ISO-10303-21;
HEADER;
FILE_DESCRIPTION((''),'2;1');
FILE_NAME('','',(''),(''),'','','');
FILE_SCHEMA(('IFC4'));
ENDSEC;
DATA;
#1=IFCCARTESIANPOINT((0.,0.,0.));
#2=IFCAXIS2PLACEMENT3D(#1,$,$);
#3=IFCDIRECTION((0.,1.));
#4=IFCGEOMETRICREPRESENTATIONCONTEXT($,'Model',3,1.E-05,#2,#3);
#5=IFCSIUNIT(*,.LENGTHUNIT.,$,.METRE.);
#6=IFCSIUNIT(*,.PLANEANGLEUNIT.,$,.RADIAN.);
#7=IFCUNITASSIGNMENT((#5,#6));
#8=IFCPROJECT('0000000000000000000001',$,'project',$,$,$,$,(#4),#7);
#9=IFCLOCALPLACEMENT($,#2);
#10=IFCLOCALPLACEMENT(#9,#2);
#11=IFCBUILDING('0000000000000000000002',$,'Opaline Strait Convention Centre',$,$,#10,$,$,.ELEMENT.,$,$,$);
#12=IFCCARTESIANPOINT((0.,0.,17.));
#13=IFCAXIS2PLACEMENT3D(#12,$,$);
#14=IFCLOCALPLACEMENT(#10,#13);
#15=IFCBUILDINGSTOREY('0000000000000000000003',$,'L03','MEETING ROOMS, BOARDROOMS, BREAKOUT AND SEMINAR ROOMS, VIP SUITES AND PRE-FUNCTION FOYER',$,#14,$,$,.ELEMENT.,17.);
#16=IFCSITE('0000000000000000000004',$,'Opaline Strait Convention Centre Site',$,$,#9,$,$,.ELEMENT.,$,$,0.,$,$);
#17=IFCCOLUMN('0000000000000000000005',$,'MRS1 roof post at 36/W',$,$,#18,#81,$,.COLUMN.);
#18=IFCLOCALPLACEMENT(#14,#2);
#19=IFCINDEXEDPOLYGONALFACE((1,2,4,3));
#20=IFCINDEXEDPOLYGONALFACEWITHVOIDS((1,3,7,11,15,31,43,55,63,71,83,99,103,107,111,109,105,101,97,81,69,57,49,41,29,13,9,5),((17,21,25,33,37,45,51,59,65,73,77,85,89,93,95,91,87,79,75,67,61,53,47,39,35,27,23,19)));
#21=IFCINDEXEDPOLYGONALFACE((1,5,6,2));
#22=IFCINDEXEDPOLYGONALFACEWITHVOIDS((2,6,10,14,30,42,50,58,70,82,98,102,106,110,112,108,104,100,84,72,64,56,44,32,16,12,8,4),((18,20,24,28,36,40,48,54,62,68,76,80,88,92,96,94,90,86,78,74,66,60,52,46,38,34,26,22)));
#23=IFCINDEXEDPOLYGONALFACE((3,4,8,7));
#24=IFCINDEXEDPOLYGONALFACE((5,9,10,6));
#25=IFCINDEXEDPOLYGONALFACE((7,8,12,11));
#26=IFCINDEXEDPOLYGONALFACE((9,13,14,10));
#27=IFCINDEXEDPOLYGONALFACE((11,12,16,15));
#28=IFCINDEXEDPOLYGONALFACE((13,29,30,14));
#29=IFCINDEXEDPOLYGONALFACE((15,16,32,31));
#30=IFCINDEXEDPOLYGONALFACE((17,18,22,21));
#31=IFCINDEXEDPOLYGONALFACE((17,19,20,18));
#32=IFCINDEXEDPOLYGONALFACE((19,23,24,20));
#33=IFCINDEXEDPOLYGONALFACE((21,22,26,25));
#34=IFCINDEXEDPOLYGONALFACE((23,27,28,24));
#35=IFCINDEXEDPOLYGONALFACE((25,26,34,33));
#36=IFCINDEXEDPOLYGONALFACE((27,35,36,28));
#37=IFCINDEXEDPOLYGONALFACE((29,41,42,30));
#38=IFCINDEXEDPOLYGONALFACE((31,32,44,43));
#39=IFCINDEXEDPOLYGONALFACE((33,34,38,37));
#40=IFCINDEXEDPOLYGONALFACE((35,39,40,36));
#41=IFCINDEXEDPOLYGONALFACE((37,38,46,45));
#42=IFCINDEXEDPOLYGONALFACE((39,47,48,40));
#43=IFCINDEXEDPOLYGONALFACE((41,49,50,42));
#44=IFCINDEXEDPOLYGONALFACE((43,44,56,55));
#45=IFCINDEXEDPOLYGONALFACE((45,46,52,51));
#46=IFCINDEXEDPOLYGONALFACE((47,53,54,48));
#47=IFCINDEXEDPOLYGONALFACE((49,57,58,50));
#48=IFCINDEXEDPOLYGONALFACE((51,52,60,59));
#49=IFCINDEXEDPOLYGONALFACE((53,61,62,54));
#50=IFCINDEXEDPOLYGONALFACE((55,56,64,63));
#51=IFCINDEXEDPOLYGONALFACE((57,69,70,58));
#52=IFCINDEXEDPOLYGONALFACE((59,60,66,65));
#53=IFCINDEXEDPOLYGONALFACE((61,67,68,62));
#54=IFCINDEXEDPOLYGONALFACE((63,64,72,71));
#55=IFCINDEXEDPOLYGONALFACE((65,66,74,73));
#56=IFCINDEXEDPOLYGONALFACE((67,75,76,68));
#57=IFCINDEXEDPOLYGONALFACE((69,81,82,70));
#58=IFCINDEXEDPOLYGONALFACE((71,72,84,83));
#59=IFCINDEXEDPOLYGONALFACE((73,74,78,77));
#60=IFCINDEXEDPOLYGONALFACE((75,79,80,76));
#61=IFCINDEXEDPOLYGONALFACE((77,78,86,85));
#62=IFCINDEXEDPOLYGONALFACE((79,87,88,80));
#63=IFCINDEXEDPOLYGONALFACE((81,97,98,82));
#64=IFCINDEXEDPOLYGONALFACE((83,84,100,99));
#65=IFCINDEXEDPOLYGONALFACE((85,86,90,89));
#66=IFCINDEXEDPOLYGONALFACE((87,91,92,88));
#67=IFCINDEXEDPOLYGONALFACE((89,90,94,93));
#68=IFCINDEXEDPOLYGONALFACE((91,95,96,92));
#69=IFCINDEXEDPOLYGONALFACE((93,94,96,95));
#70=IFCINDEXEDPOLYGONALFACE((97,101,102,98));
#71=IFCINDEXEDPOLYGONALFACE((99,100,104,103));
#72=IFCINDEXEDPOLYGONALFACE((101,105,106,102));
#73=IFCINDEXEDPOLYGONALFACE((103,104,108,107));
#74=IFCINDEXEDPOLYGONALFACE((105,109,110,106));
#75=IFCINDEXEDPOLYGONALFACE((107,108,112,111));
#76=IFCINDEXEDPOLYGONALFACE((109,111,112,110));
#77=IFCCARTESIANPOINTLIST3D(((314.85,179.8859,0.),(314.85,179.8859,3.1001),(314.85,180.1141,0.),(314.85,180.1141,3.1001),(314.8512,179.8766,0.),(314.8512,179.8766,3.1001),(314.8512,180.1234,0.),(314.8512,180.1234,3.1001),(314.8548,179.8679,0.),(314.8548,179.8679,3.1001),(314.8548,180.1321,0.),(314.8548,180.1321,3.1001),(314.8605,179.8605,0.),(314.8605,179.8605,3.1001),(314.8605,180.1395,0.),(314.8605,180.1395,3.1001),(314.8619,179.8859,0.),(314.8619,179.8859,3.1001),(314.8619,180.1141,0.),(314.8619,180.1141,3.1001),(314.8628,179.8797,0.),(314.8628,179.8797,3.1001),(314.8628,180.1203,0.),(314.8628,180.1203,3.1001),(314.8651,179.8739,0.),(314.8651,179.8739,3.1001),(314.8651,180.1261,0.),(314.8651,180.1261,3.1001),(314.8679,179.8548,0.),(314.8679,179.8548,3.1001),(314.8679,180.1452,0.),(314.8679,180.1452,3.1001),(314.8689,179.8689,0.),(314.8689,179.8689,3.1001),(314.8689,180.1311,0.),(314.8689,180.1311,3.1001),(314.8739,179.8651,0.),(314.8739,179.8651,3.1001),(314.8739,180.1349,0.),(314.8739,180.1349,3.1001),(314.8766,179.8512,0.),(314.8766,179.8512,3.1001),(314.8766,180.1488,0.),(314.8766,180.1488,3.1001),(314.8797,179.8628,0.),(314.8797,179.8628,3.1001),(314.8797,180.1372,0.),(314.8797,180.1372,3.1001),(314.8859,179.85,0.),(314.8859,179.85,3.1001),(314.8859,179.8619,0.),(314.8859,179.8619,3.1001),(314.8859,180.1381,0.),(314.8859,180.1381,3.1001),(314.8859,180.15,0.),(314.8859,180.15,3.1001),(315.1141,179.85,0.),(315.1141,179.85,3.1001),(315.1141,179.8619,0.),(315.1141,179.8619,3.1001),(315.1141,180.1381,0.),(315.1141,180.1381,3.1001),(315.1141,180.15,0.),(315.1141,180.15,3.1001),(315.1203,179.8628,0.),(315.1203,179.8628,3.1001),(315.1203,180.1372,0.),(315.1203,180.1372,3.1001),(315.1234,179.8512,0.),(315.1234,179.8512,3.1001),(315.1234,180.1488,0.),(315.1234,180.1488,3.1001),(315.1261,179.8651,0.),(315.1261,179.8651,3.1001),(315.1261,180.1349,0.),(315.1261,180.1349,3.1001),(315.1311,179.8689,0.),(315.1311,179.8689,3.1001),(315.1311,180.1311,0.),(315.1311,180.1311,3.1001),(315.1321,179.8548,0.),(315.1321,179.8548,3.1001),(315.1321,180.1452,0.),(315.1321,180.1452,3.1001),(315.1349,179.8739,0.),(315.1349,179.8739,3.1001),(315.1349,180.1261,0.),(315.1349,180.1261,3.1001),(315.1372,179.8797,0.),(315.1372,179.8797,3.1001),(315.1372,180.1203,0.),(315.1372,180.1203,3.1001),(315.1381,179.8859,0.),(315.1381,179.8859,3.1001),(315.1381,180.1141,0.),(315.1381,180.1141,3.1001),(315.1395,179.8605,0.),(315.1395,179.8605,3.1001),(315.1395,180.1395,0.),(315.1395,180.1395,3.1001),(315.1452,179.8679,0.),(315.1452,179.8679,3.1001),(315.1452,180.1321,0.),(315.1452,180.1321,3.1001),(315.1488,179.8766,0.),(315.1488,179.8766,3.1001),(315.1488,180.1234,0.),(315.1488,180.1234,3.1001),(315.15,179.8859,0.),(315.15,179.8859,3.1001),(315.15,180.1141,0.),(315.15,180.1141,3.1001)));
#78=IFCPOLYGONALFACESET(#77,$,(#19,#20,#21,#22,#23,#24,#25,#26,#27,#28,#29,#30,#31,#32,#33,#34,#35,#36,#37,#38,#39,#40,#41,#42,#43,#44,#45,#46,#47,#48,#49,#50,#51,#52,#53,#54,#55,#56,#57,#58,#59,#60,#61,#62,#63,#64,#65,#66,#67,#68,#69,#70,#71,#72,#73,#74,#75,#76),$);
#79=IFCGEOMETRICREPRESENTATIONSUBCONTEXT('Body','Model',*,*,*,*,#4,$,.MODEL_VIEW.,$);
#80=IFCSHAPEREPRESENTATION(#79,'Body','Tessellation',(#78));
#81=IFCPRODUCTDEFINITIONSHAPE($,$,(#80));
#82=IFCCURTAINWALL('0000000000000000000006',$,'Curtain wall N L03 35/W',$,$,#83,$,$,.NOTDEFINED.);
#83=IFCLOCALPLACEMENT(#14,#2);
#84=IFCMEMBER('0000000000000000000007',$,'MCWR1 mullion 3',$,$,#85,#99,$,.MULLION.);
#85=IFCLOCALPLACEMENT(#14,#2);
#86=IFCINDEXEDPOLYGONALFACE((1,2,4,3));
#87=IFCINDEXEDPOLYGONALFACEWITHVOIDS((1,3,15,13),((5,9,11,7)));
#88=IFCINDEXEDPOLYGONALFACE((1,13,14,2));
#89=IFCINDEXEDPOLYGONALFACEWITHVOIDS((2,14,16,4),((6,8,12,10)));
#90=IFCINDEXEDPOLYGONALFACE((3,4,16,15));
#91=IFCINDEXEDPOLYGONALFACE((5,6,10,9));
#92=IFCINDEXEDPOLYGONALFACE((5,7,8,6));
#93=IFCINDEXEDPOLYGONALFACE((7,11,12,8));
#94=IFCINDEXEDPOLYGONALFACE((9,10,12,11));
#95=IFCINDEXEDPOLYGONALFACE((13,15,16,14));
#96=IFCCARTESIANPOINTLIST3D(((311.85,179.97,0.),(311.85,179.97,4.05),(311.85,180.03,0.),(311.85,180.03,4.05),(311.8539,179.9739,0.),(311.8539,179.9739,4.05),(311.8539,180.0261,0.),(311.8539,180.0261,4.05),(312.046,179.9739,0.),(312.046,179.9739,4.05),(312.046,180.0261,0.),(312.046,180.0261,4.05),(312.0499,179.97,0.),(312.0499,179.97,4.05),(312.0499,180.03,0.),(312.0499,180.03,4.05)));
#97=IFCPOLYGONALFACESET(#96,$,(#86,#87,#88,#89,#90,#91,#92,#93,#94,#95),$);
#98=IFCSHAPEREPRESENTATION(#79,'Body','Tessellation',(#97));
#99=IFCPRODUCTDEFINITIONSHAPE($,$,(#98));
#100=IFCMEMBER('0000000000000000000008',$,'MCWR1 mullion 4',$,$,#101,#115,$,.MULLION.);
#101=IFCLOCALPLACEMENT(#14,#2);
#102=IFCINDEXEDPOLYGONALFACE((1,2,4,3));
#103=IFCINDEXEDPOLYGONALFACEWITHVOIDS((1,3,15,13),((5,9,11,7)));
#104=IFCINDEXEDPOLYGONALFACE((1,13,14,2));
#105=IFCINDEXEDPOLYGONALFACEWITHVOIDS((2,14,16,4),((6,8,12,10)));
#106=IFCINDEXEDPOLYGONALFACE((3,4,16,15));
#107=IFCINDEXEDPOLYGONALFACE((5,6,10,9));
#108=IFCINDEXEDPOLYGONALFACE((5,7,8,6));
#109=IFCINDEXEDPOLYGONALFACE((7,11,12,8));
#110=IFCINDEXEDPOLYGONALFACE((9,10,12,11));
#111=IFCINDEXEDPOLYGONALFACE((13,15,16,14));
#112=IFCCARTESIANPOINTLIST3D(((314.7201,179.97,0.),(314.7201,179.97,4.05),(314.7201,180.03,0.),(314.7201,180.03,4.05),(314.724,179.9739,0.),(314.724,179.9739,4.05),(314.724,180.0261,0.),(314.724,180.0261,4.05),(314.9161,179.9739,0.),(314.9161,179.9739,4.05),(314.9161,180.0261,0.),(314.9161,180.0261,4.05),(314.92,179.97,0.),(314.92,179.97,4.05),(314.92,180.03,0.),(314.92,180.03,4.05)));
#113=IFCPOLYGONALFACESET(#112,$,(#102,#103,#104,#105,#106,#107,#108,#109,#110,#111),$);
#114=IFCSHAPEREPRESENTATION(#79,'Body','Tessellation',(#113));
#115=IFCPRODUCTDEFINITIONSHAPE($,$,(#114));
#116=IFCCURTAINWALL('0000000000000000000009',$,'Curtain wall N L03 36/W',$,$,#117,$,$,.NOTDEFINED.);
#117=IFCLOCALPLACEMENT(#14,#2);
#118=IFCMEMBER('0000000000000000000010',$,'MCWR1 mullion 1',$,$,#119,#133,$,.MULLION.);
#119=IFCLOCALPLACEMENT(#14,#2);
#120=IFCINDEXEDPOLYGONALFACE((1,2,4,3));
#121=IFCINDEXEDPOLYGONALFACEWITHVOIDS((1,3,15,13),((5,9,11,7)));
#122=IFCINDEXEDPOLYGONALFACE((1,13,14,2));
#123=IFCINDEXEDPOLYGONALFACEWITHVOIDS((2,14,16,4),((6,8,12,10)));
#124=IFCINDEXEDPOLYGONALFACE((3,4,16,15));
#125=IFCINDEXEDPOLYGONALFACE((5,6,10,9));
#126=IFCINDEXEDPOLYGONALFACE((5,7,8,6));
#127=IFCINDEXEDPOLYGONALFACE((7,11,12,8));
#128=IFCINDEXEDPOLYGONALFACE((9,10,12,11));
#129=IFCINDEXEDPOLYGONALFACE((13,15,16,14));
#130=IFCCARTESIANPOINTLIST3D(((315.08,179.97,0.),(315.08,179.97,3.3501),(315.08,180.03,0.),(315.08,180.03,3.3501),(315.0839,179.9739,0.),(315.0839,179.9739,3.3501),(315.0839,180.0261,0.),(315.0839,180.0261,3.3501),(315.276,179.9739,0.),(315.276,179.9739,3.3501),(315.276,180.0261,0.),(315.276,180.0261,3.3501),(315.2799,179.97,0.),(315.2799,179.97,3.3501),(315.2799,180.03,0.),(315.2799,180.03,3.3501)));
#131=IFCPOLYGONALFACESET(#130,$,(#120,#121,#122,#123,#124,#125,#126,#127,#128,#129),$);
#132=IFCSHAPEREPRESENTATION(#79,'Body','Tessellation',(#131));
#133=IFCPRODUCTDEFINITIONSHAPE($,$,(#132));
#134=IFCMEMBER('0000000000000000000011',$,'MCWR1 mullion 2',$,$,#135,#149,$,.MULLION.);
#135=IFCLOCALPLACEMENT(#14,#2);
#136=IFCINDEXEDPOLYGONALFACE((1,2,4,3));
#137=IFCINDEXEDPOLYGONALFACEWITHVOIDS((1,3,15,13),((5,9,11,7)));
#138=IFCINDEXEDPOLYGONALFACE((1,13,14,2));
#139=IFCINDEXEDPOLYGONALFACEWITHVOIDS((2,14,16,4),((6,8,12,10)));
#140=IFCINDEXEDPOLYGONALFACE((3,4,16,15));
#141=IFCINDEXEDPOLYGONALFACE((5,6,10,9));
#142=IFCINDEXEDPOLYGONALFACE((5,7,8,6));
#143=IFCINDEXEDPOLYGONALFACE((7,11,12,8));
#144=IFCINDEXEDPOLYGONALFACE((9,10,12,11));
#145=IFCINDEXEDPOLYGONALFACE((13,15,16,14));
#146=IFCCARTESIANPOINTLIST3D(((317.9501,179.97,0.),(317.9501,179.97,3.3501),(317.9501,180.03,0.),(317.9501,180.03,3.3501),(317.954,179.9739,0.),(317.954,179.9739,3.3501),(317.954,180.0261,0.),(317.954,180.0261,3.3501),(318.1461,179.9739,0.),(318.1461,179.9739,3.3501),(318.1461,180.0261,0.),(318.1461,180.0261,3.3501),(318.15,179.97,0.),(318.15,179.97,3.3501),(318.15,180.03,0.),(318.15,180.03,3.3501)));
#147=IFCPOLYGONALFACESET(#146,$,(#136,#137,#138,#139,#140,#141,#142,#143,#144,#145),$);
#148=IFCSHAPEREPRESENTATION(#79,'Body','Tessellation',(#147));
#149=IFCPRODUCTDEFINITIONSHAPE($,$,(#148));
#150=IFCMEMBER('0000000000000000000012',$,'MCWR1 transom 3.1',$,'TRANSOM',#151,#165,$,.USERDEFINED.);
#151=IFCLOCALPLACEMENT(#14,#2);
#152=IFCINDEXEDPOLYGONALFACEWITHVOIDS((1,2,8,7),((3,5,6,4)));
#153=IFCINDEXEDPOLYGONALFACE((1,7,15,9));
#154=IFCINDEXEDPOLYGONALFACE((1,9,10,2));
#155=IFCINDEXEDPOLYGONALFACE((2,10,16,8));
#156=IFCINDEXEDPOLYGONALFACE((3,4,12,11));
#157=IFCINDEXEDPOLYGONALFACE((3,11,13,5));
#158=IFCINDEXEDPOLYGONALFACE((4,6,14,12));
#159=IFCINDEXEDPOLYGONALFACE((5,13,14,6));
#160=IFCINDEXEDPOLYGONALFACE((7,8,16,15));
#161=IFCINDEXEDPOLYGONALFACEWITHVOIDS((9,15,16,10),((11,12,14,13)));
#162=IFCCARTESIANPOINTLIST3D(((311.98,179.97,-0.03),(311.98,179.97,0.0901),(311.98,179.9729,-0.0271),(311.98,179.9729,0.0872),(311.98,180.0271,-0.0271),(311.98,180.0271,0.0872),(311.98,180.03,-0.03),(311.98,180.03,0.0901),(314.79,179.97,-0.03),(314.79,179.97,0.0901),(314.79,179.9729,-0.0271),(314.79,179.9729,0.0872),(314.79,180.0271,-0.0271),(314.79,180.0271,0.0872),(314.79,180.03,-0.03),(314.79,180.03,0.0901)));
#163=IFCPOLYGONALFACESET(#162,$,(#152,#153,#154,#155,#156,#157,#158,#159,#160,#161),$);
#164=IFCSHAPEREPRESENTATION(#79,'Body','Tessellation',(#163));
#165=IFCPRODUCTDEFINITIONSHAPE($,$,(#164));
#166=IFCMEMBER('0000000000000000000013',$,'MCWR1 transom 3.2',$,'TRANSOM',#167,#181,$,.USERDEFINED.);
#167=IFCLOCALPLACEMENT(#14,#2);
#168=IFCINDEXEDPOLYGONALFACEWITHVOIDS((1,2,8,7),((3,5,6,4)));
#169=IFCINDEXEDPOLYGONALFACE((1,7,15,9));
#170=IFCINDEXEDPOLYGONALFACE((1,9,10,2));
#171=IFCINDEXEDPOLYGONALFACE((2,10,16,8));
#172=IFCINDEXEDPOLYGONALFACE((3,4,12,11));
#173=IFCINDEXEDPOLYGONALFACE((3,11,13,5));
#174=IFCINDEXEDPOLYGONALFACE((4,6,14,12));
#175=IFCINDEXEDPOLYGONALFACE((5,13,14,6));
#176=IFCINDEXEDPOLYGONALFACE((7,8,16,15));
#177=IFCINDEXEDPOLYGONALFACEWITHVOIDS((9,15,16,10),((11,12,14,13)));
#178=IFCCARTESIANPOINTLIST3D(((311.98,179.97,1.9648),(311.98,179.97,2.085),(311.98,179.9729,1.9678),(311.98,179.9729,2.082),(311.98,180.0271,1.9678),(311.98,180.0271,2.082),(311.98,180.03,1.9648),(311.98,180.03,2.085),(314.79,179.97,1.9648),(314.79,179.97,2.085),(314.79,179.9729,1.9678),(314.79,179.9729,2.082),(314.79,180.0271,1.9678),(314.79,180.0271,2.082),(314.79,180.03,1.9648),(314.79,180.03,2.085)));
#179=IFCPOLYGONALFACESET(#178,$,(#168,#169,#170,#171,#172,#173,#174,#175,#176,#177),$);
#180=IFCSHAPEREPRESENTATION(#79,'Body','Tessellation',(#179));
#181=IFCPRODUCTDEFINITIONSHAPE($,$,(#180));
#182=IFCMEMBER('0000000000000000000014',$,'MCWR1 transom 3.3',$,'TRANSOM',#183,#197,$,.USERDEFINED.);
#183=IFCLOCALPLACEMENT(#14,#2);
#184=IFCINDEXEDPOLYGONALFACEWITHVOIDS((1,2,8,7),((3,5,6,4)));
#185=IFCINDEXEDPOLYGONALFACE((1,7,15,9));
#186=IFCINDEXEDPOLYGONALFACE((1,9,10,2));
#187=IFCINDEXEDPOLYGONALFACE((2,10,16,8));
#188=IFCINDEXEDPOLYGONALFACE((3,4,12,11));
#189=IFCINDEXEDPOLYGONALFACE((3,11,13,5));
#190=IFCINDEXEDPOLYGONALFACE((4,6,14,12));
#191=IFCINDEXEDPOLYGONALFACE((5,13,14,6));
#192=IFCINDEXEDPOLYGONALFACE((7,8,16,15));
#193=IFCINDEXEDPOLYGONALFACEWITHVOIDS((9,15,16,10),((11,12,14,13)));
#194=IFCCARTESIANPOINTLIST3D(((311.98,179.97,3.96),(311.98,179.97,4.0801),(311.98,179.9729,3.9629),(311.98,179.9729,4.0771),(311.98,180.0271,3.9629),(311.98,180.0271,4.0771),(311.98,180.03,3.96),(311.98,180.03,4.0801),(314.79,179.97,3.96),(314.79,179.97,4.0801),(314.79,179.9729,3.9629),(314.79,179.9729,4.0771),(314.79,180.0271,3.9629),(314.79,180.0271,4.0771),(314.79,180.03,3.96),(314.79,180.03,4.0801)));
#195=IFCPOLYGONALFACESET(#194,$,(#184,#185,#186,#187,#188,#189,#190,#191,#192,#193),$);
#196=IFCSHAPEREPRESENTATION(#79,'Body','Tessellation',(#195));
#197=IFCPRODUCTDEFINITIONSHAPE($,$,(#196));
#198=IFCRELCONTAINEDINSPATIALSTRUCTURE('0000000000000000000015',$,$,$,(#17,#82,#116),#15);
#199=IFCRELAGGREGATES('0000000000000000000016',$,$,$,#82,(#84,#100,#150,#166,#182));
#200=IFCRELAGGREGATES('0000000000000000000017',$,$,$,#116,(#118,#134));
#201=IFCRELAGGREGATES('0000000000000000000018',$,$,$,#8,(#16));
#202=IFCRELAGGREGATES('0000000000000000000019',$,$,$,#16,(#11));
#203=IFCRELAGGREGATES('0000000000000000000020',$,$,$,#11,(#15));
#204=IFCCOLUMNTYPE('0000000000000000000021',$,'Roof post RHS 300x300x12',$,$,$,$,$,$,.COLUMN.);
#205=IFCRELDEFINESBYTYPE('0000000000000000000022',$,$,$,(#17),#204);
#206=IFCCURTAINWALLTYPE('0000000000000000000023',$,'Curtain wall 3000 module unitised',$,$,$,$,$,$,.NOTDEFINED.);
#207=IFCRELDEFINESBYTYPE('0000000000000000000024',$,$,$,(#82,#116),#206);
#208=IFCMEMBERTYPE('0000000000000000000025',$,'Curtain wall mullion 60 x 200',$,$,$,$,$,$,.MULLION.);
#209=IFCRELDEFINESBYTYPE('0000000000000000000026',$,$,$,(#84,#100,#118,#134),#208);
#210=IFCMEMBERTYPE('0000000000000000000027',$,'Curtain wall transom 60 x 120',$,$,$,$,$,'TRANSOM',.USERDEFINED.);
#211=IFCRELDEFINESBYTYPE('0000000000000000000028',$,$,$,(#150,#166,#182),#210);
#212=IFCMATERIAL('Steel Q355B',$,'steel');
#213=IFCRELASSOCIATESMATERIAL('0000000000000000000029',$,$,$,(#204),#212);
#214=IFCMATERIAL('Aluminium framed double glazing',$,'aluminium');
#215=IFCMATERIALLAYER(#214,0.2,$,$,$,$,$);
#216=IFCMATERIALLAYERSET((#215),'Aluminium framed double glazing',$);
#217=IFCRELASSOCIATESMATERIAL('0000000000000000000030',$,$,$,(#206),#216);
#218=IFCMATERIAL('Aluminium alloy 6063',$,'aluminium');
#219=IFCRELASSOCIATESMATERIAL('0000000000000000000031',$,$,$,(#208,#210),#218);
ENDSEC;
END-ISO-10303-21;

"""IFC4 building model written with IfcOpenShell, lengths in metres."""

from ifc_helpers import new_model, si_unit, direction, frame, origin, origin_2d, place, context, subcontext, project, spatial, hollow_rectangle, extrude, material, layer, layer_set, material_profile, profile_set, type_object, element, aggregate, save


model = new_model("IFC4")

# Units and contexts
model_context = context("Model", 3, precision=1e-05, world=origin(), true_north=direction((0.0, 1.0)))
body_context = subcontext(model_context, "Body", "Model", "MODEL_VIEW")
ifc_project = project(units=[si_unit("LENGTHUNIT", "METRE"), si_unit("PLANEANGLEUNIT", "RADIAN")], contexts=[model_context])

# Site, building, storey
site_placement = place(None, origin())
site = spatial("IfcSite", under=ifc_project, at=site_placement, Name="Opaline Strait Convention Centre Site", CompositionType="ELEMENT", RefElevation=0.0)
building_placement = place(site_placement, origin())
building = spatial("IfcBuilding", under=site, at=building_placement, Name="Opaline Strait Convention Centre", CompositionType="ELEMENT")
storey_placement = place(building_placement, frame((0.0, 0.0, 17.0)))
storey = spatial("IfcBuildingStorey", under=building, at=storey_placement, Name="L03", Description="MEETING ROOMS, BOARDROOMS, BREAKOUT AND SEMINAR ROOMS, VIP SUITES AND PRE-FUNCTION FOYER", CompositionType="ELEMENT", Elevation=17.0)

# Column
ifc_material_1 = material(Name="Steel Q355B", Category="steel")
ifc_material_profile_1 = material_profile(ifc_material_1, hollow_rectangle(XDim=0.3, YDim=0.3, WallThickness=0.012, InnerFilletRadius=0.0239, OuterFilletRadius=0.0359, at=origin_2d()), Name="RHS 300x300x12")
ifc_profile_set_1 = profile_set([ifc_material_profile_1], Name="Steel Q355B")
column_type = type_object("IfcColumnType", Name="Roof post RHS 300x300x12", PredefinedType="COLUMN", material=ifc_profile_set_1)
column_placement = place(storey_placement, frame((315.0, 180.0, 0.0), z_axis=(0.0, 0.0, 1.0), x_axis=(1.0, 0.0, 0.0)))
element("IfcColumn", 1, at=column_placement, inside=storey, type_object=column_type, Name="MRS1 roof post at 36/W", PredefinedType="COLUMN", context=body_context, shape_type="SweptSolid", body=[
    extrude(hollow_rectangle(XDim=0.3, YDim=0.3, WallThickness=0.012, InnerFilletRadius=0.0239, OuterFilletRadius=0.0359, at=origin_2d()), origin(), (0.0, 0.0, 1.0), 3.1001),
])

# Curtain walls, members
ifc_material_2 = material(Name="Aluminium framed double glazing", Category="aluminium")
ifc_layer_1 = layer(ifc_material_2, 0.2)
ifc_layer_set_1 = layer_set([ifc_layer_1], Name="Aluminium framed double glazing")
curtain_wall_type = type_object("IfcCurtainWallType", Name="Curtain wall 3000 module unitised", PredefinedType="NOTDEFINED", material=ifc_layer_set_1)
curtain_wall_1_placement = place(storey_placement, origin())
curtain_wall_1 = element("IfcCurtainWall", 2, at=curtain_wall_1_placement, inside=storey, type_object=curtain_wall_type, Name="Curtain wall N L03 35/W", PredefinedType="NOTDEFINED")
ifc_material_3 = material(Name="Aluminium alloy 6063", Category="aluminium")
ifc_material_profile_2 = material_profile(ifc_material_3, hollow_rectangle(XDim=0.0601, YDim=0.2, WallThickness=0.0039, at=origin_2d()), Name="MULLION 60x200x4")
ifc_profile_set_2 = profile_set([ifc_material_profile_2], Name="Aluminium alloy 6063")
member_type_1 = type_object("IfcMemberType", Name="Curtain wall mullion 60 x 200", PredefinedType="MULLION", material=ifc_profile_set_2)
member_1_placement = place(storey_placement, frame((311.95, 180.0, 0.0), z_axis=(0.0, 0.0, 1.0), x_axis=(0.0, 1.0, 0.0)))
member_1 = element("IfcMember", 3, at=member_1_placement, type_object=member_type_1, Name="MCWR1 mullion 3", PredefinedType="MULLION", context=body_context, shape_type="SweptSolid", body=[
    extrude(hollow_rectangle(XDim=0.0601, YDim=0.2, WallThickness=0.0039, at=origin_2d()), origin(), (0.0, 0.0, 1.0), 4.05),
])
member_2_placement = place(storey_placement, frame((314.8201, 180.0, 0.0), z_axis=(0.0, 0.0, 1.0), x_axis=(0.0, 1.0, 0.0)))
member_2 = element("IfcMember", 4, at=member_2_placement, type_object=member_type_1, Name="MCWR1 mullion 4", PredefinedType="MULLION", context=body_context, shape_type="SweptSolid", body=[
    extrude(hollow_rectangle(XDim=0.0601, YDim=0.2, WallThickness=0.0039, at=origin_2d()), origin(), (0.0, 0.0, 1.0), 4.05),
])
curtain_wall_2_placement = place(storey_placement, origin())
curtain_wall_2 = element("IfcCurtainWall", 5, at=curtain_wall_2_placement, inside=storey, type_object=curtain_wall_type, Name="Curtain wall N L03 36/W", PredefinedType="NOTDEFINED")
member_3_placement = place(storey_placement, frame((315.1799, 180.0, 0.0), z_axis=(0.0, 0.0, 1.0), x_axis=(0.0, 1.0, 0.0)))
member_3 = element("IfcMember", 6, at=member_3_placement, type_object=member_type_1, Name="MCWR1 mullion 1", PredefinedType="MULLION", context=body_context, shape_type="SweptSolid", body=[
    extrude(hollow_rectangle(XDim=0.0601, YDim=0.2, WallThickness=0.0039, at=origin_2d()), origin(), (0.0, 0.0, 1.0), 3.3501),
])
member_4_placement = place(storey_placement, frame((318.05, 180.0, 0.0), z_axis=(0.0, 0.0, 1.0), x_axis=(0.0, 1.0, 0.0)))
member_4 = element("IfcMember", 7, at=member_4_placement, type_object=member_type_1, Name="MCWR1 mullion 2", PredefinedType="MULLION", context=body_context, shape_type="SweptSolid", body=[
    extrude(hollow_rectangle(XDim=0.0601, YDim=0.2, WallThickness=0.0039, at=origin_2d()), origin(), (0.0, 0.0, 1.0), 3.3501),
])

# Members
ifc_material_profile_3 = material_profile(ifc_material_3, hollow_rectangle(XDim=0.0601, YDim=0.1201, WallThickness=0.0029, at=origin_2d()), Name="TRANSOM 60x120x3")
ifc_profile_set_3 = profile_set([ifc_material_profile_3], Name="Aluminium alloy 6063")
member_type_2 = type_object("IfcMemberType", Name="Curtain wall transom 60 x 120", ElementType="TRANSOM", PredefinedType="USERDEFINED", material=ifc_profile_set_3)
member_5_placement = place(storey_placement, frame((311.98, 180.0, 0.03), z_axis=(1.0, 0.0, 0.0), x_axis=(0.0, 1.0, 0.0)))
member_5 = element("IfcMember", 8, at=member_5_placement, type_object=member_type_2, Name="MCWR1 transom 3.1", ObjectType="TRANSOM", PredefinedType="USERDEFINED", context=body_context, shape_type="SweptSolid", body=[
    extrude(hollow_rectangle(XDim=0.0601, YDim=0.1201, WallThickness=0.0029, at=origin_2d()), origin(), (0.0, 0.0, 1.0), 2.8101),
])
member_6_placement = place(storey_placement, frame((311.98, 180.0, 2.0249), z_axis=(1.0, 0.0, 0.0), x_axis=(0.0, 1.0, 0.0)))
member_6 = element("IfcMember", 9, at=member_6_placement, type_object=member_type_2, Name="MCWR1 transom 3.2", ObjectType="TRANSOM", PredefinedType="USERDEFINED", context=body_context, shape_type="SweptSolid", body=[
    extrude(hollow_rectangle(XDim=0.0601, YDim=0.1201, WallThickness=0.0029, at=origin_2d()), origin(), (0.0, 0.0, 1.0), 2.8101),
])
member_7_placement = place(storey_placement, frame((311.98, 180.0, 4.02), z_axis=(1.0, 0.0, 0.0), x_axis=(0.0, 1.0, 0.0)))
member_7 = element("IfcMember", 10, at=member_7_placement, type_object=member_type_2, Name="MCWR1 transom 3.3", ObjectType="TRANSOM", PredefinedType="USERDEFINED", context=body_context, shape_type="SweptSolid", body=[
    extrude(hollow_rectangle(XDim=0.0601, YDim=0.1201, WallThickness=0.0029, at=origin_2d()), origin(), (0.0, 0.0, 1.0), 2.8101),
])

aggregate(curtain_wall_1, [member_1, member_2, member_5, member_6, member_7])
aggregate(curtain_wall_2, [member_3, member_4])

save(model, "model.ifc")
